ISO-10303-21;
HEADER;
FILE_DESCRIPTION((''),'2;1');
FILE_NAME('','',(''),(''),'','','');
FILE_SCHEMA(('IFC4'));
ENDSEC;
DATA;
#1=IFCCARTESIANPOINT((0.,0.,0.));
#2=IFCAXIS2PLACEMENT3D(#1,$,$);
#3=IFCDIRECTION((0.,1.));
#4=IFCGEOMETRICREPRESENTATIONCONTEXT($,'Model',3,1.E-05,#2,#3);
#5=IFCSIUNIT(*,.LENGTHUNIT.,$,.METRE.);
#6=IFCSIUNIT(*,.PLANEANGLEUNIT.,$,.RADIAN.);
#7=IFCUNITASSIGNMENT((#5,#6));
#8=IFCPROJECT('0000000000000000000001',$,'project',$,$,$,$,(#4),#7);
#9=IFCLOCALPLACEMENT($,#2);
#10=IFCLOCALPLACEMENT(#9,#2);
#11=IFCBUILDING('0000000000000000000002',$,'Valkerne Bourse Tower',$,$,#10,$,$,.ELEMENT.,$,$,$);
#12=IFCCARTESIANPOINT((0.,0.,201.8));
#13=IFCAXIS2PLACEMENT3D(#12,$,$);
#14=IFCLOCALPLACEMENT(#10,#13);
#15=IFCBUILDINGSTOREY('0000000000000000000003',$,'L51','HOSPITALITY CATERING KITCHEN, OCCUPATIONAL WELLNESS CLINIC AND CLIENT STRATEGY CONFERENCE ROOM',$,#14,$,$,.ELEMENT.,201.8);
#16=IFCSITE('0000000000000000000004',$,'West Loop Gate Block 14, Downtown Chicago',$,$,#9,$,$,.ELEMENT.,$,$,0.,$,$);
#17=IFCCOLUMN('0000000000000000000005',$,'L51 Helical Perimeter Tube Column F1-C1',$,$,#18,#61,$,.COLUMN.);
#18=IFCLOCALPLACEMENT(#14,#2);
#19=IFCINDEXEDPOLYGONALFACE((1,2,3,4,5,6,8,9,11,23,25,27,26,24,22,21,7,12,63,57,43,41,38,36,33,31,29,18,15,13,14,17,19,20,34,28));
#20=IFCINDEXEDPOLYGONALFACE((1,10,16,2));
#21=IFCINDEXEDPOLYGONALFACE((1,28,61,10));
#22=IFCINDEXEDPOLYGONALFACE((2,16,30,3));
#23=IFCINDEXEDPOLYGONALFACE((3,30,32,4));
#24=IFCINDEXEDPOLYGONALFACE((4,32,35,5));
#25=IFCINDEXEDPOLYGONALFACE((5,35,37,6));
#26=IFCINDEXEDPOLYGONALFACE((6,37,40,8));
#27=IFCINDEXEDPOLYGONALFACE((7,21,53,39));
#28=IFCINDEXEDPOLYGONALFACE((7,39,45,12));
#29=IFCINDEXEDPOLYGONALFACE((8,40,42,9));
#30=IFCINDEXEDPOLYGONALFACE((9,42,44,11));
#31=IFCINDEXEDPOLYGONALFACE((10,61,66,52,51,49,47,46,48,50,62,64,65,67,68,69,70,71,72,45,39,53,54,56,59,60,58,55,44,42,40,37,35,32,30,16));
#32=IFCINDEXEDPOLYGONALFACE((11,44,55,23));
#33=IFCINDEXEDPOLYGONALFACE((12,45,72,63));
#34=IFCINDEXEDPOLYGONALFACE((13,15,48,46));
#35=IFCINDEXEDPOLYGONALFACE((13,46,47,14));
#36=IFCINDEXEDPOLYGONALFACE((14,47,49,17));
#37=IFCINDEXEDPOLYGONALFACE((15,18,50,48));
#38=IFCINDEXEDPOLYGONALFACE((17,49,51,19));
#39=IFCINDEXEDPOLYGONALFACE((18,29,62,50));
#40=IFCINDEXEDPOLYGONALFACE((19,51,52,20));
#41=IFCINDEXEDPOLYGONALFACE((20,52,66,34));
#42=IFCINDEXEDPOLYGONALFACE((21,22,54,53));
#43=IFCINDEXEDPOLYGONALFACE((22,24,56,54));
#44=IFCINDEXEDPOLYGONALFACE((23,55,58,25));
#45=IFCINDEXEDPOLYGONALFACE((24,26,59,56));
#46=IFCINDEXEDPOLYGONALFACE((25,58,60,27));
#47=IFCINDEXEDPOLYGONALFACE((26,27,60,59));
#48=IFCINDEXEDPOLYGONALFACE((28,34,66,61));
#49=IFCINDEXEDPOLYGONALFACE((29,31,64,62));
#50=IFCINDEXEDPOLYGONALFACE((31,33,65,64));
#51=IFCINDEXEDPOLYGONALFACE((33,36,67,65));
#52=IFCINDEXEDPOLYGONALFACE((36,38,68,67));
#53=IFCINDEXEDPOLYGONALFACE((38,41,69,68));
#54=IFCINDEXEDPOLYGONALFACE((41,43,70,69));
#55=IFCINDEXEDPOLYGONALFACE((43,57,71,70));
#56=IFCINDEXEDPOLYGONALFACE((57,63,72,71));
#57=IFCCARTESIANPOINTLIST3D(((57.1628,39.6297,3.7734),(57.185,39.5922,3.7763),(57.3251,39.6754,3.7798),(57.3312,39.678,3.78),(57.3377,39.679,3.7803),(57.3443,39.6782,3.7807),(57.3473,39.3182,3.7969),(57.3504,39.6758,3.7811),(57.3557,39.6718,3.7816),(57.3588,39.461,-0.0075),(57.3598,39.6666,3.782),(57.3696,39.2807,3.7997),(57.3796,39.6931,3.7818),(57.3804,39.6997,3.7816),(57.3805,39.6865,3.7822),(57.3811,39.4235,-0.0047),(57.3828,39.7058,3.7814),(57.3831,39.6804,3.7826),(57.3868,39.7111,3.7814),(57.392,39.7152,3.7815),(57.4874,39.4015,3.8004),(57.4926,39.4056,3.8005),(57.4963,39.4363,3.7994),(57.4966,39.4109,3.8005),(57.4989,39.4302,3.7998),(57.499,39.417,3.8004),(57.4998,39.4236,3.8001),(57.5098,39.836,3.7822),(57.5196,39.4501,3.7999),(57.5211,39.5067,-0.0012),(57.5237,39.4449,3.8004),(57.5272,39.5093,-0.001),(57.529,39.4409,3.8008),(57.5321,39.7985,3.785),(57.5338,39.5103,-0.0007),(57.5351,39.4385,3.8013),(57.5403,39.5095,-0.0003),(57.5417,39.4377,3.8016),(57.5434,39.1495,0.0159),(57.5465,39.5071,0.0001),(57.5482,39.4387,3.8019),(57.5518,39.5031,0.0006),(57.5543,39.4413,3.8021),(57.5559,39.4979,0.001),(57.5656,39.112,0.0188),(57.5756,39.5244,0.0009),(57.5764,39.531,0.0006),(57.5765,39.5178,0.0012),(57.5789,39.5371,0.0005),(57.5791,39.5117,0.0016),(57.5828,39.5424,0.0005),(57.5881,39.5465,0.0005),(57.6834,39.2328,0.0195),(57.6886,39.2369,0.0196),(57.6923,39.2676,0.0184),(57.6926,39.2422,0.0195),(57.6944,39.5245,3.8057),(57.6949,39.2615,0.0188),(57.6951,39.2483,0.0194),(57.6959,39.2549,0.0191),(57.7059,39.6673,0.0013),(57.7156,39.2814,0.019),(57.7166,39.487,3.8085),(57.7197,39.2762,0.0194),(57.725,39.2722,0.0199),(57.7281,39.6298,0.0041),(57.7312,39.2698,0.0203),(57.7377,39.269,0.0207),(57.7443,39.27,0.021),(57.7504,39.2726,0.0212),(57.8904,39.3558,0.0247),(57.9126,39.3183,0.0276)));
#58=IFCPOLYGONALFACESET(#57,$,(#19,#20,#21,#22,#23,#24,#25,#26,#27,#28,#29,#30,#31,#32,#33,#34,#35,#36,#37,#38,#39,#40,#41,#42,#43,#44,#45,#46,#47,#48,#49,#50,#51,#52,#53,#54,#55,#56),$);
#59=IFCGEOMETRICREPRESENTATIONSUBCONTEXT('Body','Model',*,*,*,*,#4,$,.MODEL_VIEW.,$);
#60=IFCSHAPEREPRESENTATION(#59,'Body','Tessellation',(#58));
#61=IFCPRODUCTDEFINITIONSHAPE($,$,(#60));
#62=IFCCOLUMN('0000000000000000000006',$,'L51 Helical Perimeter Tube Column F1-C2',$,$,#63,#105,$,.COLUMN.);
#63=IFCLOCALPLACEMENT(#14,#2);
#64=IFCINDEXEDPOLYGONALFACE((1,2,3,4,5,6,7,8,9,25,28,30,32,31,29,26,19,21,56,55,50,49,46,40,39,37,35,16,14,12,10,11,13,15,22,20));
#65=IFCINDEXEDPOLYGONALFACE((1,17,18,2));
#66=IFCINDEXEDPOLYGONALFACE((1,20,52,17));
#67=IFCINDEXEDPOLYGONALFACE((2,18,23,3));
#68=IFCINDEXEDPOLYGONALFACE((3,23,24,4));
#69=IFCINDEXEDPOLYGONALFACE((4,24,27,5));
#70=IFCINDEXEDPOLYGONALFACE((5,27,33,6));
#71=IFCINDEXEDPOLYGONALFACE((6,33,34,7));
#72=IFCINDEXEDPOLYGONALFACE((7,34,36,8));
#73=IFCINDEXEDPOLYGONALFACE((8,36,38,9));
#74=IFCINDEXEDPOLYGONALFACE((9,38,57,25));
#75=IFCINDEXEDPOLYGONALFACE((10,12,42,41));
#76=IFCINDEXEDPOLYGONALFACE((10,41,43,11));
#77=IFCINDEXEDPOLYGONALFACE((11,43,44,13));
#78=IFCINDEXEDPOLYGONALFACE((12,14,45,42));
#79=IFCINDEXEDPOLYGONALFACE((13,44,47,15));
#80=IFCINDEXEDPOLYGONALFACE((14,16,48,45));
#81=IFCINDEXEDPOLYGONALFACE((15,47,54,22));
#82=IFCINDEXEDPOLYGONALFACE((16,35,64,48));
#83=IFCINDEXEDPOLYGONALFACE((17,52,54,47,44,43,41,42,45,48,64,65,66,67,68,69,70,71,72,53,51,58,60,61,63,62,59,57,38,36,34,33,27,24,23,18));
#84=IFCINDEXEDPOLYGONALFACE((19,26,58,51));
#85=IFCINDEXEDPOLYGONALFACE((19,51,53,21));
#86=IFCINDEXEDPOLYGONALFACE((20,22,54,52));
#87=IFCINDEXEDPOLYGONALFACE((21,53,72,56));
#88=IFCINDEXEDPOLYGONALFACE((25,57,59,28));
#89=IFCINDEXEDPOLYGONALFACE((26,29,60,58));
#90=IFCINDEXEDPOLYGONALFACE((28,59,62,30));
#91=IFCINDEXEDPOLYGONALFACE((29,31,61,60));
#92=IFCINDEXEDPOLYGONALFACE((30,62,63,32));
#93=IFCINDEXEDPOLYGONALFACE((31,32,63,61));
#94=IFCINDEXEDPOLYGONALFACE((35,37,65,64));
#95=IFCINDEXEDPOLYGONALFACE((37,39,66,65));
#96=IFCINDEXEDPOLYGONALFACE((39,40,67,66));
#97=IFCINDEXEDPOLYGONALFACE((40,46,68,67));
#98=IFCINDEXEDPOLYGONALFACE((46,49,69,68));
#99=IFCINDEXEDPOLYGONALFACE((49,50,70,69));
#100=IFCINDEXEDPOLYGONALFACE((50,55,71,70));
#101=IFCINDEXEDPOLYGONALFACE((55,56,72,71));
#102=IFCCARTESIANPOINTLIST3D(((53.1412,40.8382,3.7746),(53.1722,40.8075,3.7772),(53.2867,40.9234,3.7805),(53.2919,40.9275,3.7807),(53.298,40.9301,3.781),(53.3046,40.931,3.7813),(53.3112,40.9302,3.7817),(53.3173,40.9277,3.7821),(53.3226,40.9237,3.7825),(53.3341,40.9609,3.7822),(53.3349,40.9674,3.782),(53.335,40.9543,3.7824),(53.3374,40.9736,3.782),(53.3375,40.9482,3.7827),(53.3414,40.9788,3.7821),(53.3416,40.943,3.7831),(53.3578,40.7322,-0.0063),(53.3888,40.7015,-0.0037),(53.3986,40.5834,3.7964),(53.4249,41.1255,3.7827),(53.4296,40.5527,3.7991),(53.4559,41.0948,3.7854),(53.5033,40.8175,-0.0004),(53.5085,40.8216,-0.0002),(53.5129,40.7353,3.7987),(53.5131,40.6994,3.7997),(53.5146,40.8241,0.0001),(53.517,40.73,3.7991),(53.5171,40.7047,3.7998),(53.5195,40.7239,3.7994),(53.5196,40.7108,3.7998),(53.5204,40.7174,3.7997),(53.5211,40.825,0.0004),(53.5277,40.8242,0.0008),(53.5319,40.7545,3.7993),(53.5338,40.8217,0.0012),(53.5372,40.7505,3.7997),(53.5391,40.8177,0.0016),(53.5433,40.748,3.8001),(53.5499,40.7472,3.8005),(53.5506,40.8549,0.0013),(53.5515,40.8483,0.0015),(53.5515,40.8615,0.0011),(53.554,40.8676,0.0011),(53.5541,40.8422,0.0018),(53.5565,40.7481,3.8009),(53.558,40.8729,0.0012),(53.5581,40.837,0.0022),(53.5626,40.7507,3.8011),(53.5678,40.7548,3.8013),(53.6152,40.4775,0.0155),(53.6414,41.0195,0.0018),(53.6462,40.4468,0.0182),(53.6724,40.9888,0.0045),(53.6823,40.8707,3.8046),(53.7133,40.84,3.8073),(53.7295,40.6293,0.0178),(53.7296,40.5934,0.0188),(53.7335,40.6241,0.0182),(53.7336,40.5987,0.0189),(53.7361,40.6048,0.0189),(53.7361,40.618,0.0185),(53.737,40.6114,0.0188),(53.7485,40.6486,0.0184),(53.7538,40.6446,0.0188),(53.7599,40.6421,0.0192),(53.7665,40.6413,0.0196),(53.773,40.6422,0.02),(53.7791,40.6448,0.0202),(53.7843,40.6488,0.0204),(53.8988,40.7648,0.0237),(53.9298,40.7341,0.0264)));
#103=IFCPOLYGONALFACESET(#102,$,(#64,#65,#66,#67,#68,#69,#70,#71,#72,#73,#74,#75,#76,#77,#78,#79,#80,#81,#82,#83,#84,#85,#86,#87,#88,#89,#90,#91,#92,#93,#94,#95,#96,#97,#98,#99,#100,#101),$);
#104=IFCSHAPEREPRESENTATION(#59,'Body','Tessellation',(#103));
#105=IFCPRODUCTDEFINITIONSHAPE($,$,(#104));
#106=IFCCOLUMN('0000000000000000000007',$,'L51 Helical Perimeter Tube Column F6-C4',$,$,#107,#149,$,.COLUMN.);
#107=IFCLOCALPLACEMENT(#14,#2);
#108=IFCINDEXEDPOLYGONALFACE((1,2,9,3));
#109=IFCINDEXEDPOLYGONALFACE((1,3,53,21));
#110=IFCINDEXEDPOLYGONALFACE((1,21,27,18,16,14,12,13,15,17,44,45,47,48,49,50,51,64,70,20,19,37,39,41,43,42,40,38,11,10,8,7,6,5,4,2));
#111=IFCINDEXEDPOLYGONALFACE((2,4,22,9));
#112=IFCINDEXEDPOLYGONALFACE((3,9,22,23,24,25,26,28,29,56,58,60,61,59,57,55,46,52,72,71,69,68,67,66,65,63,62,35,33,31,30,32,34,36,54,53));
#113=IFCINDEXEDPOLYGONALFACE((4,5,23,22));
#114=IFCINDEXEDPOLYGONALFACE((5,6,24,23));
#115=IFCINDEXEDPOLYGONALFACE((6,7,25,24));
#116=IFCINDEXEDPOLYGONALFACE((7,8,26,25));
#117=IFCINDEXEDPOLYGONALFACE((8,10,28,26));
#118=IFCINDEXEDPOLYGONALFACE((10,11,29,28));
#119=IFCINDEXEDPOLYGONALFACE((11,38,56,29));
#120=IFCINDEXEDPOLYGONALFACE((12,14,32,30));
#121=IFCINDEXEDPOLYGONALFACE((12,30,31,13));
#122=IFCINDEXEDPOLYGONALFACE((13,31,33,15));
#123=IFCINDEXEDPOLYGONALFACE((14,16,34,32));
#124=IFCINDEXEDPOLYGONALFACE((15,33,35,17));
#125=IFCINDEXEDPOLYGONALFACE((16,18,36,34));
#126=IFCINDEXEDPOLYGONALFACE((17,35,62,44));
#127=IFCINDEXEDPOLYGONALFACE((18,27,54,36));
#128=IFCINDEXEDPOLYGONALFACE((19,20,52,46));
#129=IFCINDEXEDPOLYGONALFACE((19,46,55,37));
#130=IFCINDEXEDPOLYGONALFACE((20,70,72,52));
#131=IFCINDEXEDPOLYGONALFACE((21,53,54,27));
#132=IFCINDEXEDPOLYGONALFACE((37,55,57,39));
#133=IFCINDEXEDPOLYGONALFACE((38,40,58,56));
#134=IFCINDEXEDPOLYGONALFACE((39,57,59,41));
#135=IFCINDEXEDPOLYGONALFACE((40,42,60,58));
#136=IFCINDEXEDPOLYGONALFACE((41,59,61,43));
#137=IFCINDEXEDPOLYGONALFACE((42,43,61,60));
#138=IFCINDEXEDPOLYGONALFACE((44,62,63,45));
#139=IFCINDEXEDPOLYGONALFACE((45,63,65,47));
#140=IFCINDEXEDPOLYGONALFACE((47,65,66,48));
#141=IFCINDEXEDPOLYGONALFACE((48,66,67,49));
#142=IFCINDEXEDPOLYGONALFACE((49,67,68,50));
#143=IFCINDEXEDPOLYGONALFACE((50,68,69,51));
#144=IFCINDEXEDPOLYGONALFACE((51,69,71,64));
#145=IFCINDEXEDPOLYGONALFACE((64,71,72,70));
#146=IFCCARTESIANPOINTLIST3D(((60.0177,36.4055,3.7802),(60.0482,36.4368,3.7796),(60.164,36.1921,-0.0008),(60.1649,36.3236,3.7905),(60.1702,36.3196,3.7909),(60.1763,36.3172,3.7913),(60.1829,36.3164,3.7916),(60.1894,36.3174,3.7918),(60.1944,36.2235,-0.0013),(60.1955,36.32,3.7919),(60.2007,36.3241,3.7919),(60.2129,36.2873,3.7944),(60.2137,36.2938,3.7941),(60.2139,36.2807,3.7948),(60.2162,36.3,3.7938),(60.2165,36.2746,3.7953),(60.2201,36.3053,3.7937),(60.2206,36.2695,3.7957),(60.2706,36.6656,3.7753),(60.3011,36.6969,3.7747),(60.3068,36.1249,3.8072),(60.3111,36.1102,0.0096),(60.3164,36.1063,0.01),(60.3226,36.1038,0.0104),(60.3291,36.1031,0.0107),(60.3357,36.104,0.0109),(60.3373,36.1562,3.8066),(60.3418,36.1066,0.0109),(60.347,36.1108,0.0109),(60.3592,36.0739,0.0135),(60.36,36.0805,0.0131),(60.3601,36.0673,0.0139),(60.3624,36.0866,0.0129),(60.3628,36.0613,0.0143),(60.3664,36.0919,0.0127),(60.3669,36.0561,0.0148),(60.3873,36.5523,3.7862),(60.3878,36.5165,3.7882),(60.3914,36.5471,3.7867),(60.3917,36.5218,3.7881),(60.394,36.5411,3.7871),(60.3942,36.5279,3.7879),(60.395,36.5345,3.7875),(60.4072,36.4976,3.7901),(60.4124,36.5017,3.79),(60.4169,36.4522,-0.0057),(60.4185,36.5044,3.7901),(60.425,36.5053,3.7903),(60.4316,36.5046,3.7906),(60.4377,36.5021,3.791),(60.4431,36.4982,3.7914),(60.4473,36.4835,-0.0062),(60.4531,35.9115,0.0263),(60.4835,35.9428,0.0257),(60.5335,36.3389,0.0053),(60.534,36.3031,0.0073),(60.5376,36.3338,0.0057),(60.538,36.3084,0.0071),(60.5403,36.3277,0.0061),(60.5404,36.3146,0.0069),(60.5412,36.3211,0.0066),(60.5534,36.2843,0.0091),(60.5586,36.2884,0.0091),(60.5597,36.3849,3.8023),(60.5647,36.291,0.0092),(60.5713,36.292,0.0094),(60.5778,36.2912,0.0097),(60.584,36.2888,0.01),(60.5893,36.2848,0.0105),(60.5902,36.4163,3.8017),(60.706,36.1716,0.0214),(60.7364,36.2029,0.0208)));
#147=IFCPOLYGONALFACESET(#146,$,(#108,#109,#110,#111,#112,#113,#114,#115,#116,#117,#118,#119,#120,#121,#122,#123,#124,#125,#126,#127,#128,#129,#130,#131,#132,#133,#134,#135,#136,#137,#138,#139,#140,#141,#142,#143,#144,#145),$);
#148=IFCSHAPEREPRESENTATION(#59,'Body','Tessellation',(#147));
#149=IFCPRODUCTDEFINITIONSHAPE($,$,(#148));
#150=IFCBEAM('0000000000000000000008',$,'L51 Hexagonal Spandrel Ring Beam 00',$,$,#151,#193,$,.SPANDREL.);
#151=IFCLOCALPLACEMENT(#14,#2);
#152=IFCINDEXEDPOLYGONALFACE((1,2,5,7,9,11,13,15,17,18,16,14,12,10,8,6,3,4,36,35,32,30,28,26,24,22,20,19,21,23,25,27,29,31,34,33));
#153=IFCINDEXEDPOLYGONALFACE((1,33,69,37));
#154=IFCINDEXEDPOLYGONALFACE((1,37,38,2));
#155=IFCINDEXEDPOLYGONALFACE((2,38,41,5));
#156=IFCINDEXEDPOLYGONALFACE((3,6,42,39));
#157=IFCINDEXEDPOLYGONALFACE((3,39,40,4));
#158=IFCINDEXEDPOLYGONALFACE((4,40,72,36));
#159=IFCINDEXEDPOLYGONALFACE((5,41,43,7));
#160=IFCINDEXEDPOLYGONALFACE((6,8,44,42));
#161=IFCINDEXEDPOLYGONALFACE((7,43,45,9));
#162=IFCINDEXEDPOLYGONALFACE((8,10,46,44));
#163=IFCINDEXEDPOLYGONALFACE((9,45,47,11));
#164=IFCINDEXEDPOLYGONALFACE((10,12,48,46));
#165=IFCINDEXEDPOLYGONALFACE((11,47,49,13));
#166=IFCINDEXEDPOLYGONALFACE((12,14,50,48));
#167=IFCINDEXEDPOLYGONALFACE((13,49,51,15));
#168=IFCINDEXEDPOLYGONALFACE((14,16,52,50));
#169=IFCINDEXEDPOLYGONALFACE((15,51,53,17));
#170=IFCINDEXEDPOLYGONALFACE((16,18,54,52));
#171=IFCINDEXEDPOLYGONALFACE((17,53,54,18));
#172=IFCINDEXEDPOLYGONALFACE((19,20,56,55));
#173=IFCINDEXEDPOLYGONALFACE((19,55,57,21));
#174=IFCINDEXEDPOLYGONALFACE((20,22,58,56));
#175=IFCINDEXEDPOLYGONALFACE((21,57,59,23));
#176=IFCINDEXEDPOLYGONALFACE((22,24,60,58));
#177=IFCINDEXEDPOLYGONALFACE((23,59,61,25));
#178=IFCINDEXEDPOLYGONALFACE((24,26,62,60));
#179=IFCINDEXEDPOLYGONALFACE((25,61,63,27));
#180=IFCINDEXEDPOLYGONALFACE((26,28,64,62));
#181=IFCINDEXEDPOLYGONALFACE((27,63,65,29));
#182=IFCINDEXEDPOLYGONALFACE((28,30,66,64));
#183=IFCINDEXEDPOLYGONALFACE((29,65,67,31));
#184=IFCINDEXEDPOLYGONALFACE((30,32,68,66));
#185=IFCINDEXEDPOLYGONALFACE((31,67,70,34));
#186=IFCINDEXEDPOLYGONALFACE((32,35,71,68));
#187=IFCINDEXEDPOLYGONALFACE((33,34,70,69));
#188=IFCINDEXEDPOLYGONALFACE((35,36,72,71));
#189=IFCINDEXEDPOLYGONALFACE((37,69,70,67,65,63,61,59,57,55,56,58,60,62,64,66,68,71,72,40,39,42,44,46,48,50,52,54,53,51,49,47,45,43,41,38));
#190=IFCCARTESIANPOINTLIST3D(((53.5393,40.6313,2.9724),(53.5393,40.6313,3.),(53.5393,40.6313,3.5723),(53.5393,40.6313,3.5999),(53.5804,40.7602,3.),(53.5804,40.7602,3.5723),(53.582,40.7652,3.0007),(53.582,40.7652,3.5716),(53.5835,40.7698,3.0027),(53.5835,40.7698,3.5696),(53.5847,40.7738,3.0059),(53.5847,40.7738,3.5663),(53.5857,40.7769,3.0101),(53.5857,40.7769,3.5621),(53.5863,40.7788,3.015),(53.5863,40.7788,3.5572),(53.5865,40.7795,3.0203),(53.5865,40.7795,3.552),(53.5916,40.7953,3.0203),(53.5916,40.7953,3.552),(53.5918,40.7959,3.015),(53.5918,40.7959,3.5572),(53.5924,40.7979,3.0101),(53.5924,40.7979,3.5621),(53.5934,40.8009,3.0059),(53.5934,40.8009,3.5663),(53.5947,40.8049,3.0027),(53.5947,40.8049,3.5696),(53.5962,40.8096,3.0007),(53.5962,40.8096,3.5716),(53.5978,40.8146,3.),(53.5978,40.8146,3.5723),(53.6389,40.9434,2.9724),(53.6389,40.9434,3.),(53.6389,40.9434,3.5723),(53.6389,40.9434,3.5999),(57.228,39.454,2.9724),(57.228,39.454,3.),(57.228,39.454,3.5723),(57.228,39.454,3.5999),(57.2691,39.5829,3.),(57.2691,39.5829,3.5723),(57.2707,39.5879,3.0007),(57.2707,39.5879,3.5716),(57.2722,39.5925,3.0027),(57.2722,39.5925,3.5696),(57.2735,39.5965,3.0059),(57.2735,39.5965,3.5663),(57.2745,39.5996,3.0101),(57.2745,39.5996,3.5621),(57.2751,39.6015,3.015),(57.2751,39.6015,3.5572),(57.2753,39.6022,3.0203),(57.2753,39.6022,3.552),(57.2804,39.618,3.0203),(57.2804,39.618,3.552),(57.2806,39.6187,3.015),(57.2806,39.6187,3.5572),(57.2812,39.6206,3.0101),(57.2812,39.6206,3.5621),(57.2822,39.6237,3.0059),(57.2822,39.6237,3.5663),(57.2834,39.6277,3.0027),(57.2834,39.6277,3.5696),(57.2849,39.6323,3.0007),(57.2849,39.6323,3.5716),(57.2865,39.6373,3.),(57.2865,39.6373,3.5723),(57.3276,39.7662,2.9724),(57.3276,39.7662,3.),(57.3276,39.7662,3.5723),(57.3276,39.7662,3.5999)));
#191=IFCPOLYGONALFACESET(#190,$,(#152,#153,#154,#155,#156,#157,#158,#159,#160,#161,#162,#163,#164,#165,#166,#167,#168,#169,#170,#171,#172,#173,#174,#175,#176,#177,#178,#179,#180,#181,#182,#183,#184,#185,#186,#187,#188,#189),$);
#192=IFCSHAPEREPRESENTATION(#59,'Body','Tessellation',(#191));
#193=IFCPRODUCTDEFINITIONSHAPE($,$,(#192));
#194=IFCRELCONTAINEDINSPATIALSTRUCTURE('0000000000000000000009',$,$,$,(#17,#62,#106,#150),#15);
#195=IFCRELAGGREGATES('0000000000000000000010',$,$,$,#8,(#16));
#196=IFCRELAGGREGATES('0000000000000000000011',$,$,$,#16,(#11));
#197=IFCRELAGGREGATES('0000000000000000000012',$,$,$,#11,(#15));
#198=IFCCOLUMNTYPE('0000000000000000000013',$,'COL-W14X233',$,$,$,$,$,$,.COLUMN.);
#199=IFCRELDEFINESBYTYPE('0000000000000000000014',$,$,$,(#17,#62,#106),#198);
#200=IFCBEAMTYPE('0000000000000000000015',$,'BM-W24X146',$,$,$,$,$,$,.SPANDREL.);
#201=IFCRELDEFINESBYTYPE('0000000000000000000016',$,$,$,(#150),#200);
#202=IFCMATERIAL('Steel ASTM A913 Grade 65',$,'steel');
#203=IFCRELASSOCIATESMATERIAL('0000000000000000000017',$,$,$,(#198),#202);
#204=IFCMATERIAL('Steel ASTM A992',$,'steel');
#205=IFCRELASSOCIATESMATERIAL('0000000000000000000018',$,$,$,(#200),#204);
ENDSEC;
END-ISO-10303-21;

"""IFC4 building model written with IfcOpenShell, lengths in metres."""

from ifc_helpers import new_model, si_unit, direction, frame, origin, origin_2d, place, context, subcontext, project, spatial, i_section, extrude, material, material_profile, profile_set, type_object, element, save


model = new_model("IFC4")

# Units and contexts
model_context = context("Model", 3, precision=1e-05, world=origin(), true_north=direction((0.0, 1.0)))
body_context = subcontext(model_context, "Body", "Model", "MODEL_VIEW")
ifc_project = project(units=[si_unit("LENGTHUNIT", "METRE"), si_unit("PLANEANGLEUNIT", "RADIAN")], contexts=[model_context])

# Site, building, storey
site_placement = place(None, origin())
site = spatial("IfcSite", under=ifc_project, at=site_placement, Name="West Loop Gate Block 14, Downtown Chicago", CompositionType="ELEMENT", RefElevation=0.0)
building_placement = place(site_placement, origin())
building = spatial("IfcBuilding", under=site, at=building_placement, Name="Valkerne Bourse Tower", CompositionType="ELEMENT")
storey_placement = place(building_placement, frame((0.0, 0.0, 201.8)))
storey = spatial("IfcBuildingStorey", under=building, at=storey_placement, Name="L51", Description="HOSPITALITY CATERING KITCHEN, OCCUPATIONAL WELLNESS CLINIC AND CLIENT STRATEGY CONFERENCE ROOM", CompositionType="ELEMENT", Elevation=201.8)

# Columns
ifc_material_1 = material(Name="Steel ASTM A913 Grade 65", Category="steel")
ifc_material_profile_1 = material_profile(ifc_material_1, i_section(OverallWidth=0.4038, OverallDepth=0.4065, WebThickness=0.0271, FlangeThickness=0.0437, FilletRadius=0.0254, at=origin_2d()), Name="W14X233")
ifc_profile_set_1 = profile_set([ifc_material_profile_1], Name="Steel ASTM A913 Grade 65")
column_type = type_object("IfcColumnType", Name="COL-W14X233", PredefinedType="COLUMN", material=ifc_profile_set_1)
column_1_placement = place(storey_placement, frame((57.6357, 39.3896, 0.01), z_axis=(-0.051729, 0.044514, 0.997669), x_axis=(0.859402, 0.510837, 0.021767)))
element("IfcColumn", 1, at=column_1_placement, inside=storey, type_object=column_type, Name="L51 Helical Perimeter Tube Column F1-C1", PredefinedType="COLUMN", context=body_context, shape_type="SweptSolid", body=[
    extrude(i_section(OverallWidth=0.4038, OverallDepth=0.4065, WebThickness=0.0271, FlangeThickness=0.0437, FilletRadius=0.0254, at=origin_2d()), origin(), (0.0, 0.0, 1.0), 3.7898),
])
column_2_placement = place(storey_placement, frame((53.6438, 40.7332, 0.01), z_axis=(-0.057158, 0.027967, 0.997973), x_axis=(0.702467, 0.711427, 0.020296)))
element("IfcColumn", 2, at=column_2_placement, inside=storey, type_object=column_type, Name="L51 Helical Perimeter Tube Column F1-C2", PredefinedType="COLUMN", context=body_context, shape_type="SweptSolid", body=[
    extrude(i_section(OverallWidth=0.4038, OverallDepth=0.4065, WebThickness=0.0271, FlangeThickness=0.0437, FilletRadius=0.0254, at=origin_2d()), origin(), (0.0, 0.0, 1.0), 3.7886),
])
column_3_placement = place(storey_placement, frame((60.4502, 36.1975, 0.01), z_axis=(-0.038587, 0.056303, 0.997668), x_axis=(0.715922, -0.694967, 0.06691)))
element("IfcColumn", 3, at=column_3_placement, inside=storey, type_object=column_type, Name="L51 Helical Perimeter Tube Column F6-C4", PredefinedType="COLUMN", context=body_context, shape_type="SweptSolid", body=[
    extrude(i_section(OverallWidth=0.4038, OverallDepth=0.4065, WebThickness=0.0271, FlangeThickness=0.0437, FilletRadius=0.0254, at=origin_2d()), origin(), (0.0, 0.0, 1.0), 3.7898),
])

# Beam
ifc_material_2 = material(Name="Steel ASTM A992", Category="steel")
ifc_material_profile_2 = material_profile(ifc_material_2, i_section(OverallWidth=0.3276, OverallDepth=0.6274, WebThickness=0.0166, FlangeThickness=0.0276, FilletRadius=0.0203, at=origin_2d()), Name="W24X146")
ifc_profile_set_2 = profile_set([ifc_material_profile_2], Name="Steel ASTM A992")
beam_type = type_object("IfcBeamType", Name="BM-W24X146", PredefinedType="SPANDREL", material=ifc_profile_set_2)
beam_1_placement = place(storey_placement, frame((57.2778, 39.6101, 3.2861), z_axis=(-0.95266, 0.304039, 0.0), x_axis=(-0.304039, -0.95266, 0.0)))
element("IfcBeam", 4, at=beam_1_placement, inside=storey, type_object=beam_type, Name="L51 Hexagonal Spandrel Ring Beam 00", PredefinedType="SPANDREL", context=body_context, shape_type="SweptSolid", body=[
    extrude(i_section(OverallWidth=0.3276, OverallDepth=0.6274, WebThickness=0.0166, FlangeThickness=0.0276, FilletRadius=0.0203, at=origin_2d()), origin(), (0.0, 0.0, 1.0), 3.8721),
])

save(model, "model.ifc")
